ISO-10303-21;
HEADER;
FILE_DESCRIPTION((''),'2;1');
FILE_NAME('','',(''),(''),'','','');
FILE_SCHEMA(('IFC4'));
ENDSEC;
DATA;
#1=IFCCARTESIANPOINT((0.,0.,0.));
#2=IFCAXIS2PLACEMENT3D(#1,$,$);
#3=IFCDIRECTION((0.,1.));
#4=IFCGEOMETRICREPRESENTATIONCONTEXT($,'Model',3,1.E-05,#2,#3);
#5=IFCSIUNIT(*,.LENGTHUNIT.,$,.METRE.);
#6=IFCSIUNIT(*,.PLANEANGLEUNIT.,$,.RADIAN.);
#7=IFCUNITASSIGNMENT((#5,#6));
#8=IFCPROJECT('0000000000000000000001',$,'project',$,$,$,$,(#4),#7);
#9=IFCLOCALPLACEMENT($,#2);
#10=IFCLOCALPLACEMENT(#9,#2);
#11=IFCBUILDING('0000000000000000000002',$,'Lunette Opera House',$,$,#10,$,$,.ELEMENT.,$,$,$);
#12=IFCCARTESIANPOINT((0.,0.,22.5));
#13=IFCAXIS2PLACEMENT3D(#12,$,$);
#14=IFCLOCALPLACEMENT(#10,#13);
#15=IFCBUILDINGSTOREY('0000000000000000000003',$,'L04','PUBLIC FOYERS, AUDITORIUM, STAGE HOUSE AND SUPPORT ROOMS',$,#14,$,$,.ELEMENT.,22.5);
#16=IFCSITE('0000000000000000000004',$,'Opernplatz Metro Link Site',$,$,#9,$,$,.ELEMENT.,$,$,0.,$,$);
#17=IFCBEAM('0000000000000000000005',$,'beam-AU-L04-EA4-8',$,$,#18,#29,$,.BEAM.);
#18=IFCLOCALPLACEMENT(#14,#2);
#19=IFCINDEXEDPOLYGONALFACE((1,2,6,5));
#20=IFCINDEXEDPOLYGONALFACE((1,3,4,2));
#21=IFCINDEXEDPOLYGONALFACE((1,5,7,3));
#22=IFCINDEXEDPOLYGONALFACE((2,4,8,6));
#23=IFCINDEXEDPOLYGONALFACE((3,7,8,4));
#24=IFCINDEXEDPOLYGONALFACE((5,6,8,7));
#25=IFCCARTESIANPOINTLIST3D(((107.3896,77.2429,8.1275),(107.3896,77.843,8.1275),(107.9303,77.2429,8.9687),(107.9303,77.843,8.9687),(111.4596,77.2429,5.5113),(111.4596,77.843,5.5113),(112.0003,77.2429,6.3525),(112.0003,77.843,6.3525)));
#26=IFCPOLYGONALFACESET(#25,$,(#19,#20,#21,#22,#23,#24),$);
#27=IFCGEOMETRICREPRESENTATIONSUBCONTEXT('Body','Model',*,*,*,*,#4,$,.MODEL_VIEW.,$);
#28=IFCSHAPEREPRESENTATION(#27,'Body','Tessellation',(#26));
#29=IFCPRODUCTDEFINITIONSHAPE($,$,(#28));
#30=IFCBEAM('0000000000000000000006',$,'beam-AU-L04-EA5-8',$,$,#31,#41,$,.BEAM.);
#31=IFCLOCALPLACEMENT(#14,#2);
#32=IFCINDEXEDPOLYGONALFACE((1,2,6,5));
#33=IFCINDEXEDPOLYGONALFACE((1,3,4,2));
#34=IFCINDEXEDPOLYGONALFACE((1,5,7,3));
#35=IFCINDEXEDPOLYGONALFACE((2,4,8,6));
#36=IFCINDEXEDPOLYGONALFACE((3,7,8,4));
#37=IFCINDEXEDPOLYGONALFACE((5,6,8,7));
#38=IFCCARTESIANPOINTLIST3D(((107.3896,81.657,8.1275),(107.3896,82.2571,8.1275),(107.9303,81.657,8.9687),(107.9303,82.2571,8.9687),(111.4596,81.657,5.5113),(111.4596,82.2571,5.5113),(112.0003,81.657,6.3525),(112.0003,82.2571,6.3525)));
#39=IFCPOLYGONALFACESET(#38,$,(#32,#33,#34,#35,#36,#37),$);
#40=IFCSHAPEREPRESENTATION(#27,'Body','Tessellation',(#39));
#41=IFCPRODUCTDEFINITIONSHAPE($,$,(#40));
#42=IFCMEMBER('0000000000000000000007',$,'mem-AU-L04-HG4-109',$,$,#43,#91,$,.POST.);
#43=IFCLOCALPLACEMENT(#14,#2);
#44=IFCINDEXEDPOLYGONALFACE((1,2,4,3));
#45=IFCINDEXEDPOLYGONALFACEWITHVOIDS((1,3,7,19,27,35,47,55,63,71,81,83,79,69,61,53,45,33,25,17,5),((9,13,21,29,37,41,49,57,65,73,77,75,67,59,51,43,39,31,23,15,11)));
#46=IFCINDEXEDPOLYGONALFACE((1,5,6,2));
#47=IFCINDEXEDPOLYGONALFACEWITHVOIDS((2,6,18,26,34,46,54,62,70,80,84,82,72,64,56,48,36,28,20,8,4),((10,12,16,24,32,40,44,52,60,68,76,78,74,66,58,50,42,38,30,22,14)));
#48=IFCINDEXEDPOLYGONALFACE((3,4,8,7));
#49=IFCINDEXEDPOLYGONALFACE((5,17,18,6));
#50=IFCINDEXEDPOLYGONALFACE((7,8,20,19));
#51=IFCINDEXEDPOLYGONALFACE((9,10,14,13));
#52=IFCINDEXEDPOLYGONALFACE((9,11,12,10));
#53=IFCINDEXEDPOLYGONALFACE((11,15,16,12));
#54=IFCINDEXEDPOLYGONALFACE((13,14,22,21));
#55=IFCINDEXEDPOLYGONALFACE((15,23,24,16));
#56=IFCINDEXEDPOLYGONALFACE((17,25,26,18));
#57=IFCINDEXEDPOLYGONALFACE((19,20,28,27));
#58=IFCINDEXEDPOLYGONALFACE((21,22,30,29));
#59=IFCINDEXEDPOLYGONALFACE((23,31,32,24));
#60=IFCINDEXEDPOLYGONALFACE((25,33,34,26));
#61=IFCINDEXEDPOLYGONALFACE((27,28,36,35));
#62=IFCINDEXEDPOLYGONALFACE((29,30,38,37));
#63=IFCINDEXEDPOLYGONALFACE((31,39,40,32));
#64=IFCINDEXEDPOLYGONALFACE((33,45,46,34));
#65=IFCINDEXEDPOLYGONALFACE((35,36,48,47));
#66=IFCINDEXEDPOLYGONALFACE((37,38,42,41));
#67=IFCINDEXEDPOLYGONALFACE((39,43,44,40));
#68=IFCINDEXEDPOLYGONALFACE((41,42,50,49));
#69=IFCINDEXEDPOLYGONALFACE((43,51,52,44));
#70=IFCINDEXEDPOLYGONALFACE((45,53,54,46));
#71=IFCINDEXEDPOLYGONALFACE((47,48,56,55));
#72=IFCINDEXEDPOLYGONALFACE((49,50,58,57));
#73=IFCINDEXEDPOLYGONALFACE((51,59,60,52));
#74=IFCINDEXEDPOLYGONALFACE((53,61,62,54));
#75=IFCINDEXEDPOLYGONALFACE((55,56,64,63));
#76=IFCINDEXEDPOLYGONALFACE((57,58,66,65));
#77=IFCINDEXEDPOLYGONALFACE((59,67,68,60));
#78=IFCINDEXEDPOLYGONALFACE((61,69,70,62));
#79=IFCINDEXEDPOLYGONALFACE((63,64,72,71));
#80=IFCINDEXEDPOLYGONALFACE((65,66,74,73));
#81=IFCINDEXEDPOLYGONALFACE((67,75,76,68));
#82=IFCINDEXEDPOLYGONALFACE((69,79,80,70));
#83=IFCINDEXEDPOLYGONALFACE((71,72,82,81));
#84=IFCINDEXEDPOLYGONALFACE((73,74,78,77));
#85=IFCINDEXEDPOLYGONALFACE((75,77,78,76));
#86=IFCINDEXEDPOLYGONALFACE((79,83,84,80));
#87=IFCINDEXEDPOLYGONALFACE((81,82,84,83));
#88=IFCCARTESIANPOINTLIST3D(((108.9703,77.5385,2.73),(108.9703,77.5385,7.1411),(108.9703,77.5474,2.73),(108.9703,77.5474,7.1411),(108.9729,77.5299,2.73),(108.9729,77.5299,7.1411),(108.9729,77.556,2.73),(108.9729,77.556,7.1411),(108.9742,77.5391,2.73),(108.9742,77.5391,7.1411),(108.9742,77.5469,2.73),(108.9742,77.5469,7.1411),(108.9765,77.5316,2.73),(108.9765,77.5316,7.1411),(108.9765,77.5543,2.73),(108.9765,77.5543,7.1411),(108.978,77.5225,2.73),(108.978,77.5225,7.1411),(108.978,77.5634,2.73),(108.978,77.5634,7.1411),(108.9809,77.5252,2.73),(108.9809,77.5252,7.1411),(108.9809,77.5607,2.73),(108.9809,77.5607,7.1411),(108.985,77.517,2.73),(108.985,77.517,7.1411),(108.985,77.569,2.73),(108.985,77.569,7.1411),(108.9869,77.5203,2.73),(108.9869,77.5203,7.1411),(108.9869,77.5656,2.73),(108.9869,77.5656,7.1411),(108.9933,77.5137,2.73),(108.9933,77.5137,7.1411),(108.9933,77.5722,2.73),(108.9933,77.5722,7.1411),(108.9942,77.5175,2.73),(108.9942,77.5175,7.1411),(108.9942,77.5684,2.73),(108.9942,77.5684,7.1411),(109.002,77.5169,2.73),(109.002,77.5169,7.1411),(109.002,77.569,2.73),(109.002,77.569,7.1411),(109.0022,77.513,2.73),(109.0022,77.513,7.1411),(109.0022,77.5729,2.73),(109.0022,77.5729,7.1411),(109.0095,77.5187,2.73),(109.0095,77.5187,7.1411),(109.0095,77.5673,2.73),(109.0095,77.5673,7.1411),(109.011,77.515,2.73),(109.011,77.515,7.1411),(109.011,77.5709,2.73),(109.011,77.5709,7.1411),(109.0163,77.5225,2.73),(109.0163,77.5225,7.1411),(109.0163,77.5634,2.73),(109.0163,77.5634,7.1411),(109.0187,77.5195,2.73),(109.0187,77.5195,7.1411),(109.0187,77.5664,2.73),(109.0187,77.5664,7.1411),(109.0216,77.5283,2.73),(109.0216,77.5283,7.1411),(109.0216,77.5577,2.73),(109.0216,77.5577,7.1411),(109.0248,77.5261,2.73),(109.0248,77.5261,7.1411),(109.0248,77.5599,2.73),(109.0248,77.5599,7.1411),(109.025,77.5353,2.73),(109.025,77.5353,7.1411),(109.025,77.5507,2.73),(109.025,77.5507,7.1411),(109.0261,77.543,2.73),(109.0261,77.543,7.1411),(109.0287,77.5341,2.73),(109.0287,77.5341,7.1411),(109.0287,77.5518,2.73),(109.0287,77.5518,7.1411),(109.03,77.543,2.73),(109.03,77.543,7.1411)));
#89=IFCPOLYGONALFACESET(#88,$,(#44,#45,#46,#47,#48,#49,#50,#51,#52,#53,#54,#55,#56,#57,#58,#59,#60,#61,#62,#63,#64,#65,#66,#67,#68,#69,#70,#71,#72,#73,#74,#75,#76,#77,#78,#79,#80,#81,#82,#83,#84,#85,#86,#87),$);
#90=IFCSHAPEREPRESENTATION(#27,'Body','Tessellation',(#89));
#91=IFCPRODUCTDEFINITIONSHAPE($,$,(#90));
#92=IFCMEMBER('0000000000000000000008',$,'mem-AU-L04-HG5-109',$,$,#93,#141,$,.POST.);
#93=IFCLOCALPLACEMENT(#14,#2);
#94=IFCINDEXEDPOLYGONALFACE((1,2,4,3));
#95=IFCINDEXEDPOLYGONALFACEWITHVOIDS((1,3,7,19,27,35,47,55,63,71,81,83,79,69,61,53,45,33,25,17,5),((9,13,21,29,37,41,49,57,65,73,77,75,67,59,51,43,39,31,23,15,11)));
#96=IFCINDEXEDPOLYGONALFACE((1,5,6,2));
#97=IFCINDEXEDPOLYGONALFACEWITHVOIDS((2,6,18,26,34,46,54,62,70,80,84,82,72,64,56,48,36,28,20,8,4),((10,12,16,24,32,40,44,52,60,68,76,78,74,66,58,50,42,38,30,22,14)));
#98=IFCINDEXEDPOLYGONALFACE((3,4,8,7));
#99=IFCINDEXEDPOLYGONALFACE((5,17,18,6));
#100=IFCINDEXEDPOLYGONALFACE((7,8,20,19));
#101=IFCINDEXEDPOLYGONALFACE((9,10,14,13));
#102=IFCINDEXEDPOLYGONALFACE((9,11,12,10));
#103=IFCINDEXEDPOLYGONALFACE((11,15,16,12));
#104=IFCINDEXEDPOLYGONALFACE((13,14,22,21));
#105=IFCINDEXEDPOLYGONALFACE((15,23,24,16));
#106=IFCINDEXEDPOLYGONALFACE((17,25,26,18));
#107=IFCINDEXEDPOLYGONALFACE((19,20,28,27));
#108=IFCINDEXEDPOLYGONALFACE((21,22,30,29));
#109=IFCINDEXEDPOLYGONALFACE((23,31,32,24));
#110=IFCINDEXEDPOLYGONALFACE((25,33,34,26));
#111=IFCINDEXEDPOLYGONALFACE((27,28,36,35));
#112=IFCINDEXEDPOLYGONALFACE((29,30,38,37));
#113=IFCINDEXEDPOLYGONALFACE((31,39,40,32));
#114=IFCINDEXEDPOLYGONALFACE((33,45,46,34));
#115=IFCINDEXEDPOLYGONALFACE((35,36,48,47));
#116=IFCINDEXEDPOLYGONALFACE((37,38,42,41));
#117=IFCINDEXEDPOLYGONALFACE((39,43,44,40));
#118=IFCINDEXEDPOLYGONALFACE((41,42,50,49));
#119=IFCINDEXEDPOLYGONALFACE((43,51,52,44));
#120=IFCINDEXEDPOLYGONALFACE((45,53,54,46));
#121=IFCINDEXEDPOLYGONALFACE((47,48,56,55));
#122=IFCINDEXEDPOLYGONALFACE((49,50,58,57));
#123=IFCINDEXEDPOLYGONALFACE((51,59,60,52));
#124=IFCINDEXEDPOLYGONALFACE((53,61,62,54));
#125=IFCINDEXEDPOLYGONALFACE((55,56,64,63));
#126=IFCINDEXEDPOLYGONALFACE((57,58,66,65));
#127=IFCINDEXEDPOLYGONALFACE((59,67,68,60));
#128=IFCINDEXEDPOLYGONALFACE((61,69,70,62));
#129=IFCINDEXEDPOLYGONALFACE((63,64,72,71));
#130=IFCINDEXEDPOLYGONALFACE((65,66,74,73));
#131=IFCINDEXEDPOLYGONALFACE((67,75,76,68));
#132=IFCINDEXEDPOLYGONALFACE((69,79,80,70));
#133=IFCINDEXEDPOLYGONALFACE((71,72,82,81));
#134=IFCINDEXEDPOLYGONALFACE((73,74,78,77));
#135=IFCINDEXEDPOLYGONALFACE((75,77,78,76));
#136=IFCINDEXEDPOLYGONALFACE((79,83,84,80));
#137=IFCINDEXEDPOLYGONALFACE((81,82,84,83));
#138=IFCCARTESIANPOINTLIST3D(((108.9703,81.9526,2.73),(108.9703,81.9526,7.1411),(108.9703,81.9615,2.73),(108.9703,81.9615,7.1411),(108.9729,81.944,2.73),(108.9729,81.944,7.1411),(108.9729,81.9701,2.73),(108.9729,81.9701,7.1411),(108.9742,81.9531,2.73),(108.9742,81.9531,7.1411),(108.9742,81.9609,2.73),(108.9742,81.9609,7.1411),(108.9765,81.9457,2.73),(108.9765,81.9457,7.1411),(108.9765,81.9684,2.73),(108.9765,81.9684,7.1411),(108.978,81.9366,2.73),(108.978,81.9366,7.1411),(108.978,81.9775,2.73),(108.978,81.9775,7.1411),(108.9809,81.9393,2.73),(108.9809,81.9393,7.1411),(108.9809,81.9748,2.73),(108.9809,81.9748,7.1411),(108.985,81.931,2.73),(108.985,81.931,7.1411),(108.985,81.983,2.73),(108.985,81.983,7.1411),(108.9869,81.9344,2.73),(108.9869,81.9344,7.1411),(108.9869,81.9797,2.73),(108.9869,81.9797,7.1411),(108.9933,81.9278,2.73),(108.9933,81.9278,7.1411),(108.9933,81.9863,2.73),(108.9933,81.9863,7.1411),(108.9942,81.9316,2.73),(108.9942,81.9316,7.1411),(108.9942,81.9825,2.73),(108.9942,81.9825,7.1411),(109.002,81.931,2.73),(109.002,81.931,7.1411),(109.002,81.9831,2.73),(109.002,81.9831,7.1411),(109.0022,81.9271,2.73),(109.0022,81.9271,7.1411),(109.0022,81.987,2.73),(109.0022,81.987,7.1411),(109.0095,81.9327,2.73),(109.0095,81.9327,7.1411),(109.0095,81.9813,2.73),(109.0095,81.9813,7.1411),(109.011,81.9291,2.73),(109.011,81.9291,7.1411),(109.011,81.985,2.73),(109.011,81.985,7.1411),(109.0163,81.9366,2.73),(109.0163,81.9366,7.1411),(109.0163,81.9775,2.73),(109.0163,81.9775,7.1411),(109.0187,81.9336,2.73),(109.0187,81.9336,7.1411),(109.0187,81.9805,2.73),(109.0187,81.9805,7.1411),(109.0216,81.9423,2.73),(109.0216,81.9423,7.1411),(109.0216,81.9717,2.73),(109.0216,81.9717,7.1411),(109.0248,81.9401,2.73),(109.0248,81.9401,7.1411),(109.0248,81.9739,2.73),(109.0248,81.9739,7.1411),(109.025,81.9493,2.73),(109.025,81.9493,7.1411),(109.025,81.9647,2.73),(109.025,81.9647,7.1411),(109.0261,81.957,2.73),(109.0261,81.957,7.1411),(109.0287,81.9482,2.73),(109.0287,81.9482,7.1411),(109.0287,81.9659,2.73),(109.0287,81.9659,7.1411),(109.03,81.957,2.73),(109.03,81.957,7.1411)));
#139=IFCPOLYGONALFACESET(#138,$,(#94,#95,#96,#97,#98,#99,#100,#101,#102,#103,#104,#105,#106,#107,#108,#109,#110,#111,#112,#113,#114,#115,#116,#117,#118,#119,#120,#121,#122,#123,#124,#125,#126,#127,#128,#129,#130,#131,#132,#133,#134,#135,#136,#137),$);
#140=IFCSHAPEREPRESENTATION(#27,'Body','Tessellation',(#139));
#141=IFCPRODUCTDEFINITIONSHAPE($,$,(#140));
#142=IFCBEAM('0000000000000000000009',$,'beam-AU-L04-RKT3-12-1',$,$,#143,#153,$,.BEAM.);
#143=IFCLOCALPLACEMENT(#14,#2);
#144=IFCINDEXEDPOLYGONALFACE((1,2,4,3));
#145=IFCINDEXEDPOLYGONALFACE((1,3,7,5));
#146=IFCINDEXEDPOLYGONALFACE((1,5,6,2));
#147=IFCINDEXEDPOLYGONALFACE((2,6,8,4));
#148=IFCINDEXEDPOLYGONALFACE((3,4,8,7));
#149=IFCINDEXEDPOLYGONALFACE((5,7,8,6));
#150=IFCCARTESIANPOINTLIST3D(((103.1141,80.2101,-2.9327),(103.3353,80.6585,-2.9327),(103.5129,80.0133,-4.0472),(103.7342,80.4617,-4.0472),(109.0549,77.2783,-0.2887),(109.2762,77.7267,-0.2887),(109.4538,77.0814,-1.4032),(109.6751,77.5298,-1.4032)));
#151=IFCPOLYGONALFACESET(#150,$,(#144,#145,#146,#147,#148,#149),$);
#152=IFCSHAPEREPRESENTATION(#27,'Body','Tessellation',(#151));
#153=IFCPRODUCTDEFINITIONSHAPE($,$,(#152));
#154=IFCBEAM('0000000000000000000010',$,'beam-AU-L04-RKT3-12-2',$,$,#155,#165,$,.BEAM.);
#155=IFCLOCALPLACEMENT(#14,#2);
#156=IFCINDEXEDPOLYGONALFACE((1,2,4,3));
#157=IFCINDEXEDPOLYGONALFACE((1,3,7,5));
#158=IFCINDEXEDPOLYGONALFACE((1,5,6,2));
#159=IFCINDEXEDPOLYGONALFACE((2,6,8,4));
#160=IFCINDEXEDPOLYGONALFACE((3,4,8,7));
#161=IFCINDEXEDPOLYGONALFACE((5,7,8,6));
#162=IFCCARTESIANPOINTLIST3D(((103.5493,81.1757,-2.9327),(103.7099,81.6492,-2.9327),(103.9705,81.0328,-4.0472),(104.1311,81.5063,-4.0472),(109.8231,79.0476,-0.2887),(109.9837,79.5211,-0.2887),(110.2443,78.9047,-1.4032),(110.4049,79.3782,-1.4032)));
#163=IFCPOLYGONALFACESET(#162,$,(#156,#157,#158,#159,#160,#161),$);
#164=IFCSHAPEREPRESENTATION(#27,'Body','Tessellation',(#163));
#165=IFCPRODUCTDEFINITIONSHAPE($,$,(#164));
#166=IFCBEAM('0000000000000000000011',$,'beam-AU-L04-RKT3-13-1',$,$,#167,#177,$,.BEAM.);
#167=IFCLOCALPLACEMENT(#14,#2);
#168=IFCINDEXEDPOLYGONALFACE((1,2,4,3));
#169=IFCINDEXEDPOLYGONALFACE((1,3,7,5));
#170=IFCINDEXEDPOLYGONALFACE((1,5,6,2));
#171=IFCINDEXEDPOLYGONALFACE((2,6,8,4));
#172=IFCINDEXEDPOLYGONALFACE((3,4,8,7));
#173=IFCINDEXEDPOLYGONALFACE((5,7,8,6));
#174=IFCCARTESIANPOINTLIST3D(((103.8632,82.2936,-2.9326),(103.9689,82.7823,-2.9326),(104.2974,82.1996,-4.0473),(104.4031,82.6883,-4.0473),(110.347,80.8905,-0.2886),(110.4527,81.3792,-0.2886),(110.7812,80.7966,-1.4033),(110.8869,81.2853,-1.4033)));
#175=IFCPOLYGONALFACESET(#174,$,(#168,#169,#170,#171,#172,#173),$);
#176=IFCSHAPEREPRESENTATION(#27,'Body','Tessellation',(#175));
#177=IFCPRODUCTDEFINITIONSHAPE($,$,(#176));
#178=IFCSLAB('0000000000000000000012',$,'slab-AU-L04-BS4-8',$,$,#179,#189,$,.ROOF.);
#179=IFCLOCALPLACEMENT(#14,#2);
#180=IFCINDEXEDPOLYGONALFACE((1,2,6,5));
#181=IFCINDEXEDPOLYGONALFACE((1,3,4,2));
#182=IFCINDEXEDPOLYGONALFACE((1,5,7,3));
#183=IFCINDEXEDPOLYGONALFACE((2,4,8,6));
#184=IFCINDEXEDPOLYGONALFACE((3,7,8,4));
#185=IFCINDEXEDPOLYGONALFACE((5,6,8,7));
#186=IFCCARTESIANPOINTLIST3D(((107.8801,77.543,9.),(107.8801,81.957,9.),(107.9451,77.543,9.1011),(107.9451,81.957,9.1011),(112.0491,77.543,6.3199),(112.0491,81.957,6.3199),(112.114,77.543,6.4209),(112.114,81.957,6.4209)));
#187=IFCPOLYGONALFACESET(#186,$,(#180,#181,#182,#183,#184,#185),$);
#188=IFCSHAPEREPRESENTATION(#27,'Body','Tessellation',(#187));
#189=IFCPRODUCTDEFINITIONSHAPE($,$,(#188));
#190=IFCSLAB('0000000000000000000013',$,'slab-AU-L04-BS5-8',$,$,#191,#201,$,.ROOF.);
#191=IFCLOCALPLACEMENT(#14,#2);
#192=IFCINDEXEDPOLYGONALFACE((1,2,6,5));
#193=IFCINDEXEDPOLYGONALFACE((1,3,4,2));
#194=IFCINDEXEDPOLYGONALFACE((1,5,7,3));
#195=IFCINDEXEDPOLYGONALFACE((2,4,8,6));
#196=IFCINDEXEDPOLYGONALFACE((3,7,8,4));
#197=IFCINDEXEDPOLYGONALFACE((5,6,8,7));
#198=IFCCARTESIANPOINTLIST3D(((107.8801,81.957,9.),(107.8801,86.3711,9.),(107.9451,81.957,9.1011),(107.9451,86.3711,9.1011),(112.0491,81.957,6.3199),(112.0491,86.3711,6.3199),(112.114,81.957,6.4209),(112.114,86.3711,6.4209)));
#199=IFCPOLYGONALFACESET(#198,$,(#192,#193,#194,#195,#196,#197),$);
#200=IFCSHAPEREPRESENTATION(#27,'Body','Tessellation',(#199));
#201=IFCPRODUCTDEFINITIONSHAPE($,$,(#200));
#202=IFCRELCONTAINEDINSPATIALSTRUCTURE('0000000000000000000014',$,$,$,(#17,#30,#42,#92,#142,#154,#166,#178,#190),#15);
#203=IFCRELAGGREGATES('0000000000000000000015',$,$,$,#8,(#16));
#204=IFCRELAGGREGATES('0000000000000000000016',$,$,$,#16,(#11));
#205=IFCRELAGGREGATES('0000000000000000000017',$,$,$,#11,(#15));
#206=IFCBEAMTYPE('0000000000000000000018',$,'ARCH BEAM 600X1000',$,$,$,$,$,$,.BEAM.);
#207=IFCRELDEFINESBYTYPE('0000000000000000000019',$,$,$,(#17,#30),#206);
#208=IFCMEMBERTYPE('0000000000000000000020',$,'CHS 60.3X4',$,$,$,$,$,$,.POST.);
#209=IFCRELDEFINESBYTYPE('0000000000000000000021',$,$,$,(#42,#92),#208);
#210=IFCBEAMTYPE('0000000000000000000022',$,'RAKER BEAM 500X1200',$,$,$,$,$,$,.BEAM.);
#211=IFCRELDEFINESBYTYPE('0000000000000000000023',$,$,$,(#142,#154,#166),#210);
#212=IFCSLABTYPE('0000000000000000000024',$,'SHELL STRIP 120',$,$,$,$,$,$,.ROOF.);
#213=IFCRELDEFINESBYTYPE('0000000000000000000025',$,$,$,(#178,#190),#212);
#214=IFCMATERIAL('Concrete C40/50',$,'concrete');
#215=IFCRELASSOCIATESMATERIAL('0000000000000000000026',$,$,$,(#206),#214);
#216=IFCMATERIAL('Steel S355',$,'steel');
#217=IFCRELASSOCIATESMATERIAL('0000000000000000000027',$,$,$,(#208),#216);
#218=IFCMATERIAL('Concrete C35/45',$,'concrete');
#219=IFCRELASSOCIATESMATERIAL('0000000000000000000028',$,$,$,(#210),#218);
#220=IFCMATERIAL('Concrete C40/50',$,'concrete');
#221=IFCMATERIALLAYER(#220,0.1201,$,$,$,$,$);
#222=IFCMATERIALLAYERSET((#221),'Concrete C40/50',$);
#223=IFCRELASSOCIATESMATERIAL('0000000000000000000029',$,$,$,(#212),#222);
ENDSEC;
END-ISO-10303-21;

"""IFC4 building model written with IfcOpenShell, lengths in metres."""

from ifc_helpers import new_model, si_unit, direction, frame, origin, origin_2d, place, context, subcontext, project, spatial, polyline, rectangle, hollow_circle, outline, extrude, material, layer, layer_set, material_profile, profile_set, type_object, element, save


model = new_model("IFC4")

# Units and contexts
model_context = context("Model", 3, precision=1e-05, world=origin(), true_north=direction((0.0, 1.0)))
body_context = subcontext(model_context, "Body", "Model", "MODEL_VIEW")
ifc_project = project(units=[si_unit("LENGTHUNIT", "METRE"), si_unit("PLANEANGLEUNIT", "RADIAN")], contexts=[model_context])

# Site, building, storey
site_placement = place(None, origin())
site = spatial("IfcSite", under=ifc_project, at=site_placement, Name="Opernplatz Metro Link Site", CompositionType="ELEMENT", RefElevation=0.0)
building_placement = place(site_placement, origin())
building = spatial("IfcBuilding", under=site, at=building_placement, Name="Lunette Opera House", CompositionType="ELEMENT")
storey_placement = place(building_placement, frame((0.0, 0.0, 22.5)))
storey = spatial("IfcBuildingStorey", under=building, at=storey_placement, Name="L04", Description="PUBLIC FOYERS, AUDITORIUM, STAGE HOUSE AND SUPPORT ROOMS", CompositionType="ELEMENT", Elevation=22.5)

# Beams
ifc_material_1 = material(Name="Concrete C40/50", Category="concrete")
ifc_material_profile_1 = material_profile(ifc_material_1, rectangle(XDim=0.6001, YDim=1.0, at=origin_2d()), Name="ARCH BEAM 600X1000")
ifc_profile_set_1 = profile_set([ifc_material_profile_1], Name="Concrete C40/50")
beam_type_1 = type_object("IfcBeamType", Name="ARCH BEAM 600X1000", PredefinedType="BEAM", material=ifc_profile_set_1)
for number, where, z_axis, x_axis, name in (
    (1, (107.6599, 77.543, 8.5481), (0.841203, 0.0, -0.540719), (0.0, 1.0, 0.0), "beam-AU-L04-EA4-8"),
    (2, (107.6599, 81.957, 8.5481), (0.841203, 0.0, -0.540719), (0.0, 1.0, 0.0), "beam-AU-L04-EA5-8"),
):
    element("IfcBeam", number, at=place(storey_placement, frame(where, z_axis=z_axis, x_axis=x_axis)), inside=storey, type_object=beam_type_1, Name=name, PredefinedType="BEAM", context=body_context, shape_type="SweptSolid", body=[
        extrude(rectangle(XDim=0.6001, YDim=1.0, at=origin_2d()), origin(), (0.0, 0.0, 1.0), 4.8384),
    ])

# Members
ifc_material_2 = material(Name="Steel S355", Category="steel")
ifc_material_profile_2 = material_profile(ifc_material_2, hollow_circle(Radius=0.03, WallThickness=0.0039, at=origin_2d()), Name="CHS 60.3X4")
ifc_profile_set_2 = profile_set([ifc_material_profile_2], Name="Steel S355")
member_type = type_object("IfcMemberType", Name="CHS 60.3X4", PredefinedType="POST", material=ifc_profile_set_2)
for number, where, z_axis, x_axis, name in (
    (3, (109.0, 77.543, 2.73), (0.0, 0.0, 1.0), (1.0, 0.0, 0.0), "mem-AU-L04-HG4-109"),
    (4, (109.0, 81.957, 2.73), (0.0, 0.0, 1.0), (1.0, 0.0, 0.0), "mem-AU-L04-HG5-109"),
):
    element("IfcMember", number, at=place(storey_placement, frame(where, z_axis=z_axis, x_axis=x_axis)), inside=storey, type_object=member_type, Name=name, PredefinedType="POST", context=body_context, shape_type="SweptSolid", body=[
        extrude(hollow_circle(Radius=0.03, WallThickness=0.0039, at=origin_2d()), origin(), (0.0, 0.0, 1.0), 4.4111),
    ])

# Beams
ifc_material_3 = material(Name="Concrete C35/45", Category="concrete")
ifc_material_profile_3 = material_profile(ifc_material_3, rectangle(XDim=0.5, YDim=1.2, at=origin_2d()), Name="RAKER BEAM 500X1200")
ifc_profile_set_3 = profile_set([ifc_material_profile_3], Name="Concrete C35/45")
beam_type_2 = type_object("IfcBeamType", Name="RAKER BEAM 500X1200", PredefinedType="BEAM", material=ifc_profile_set_3)
for number, where, z_axis, x_axis, name in (
    (5, (109.365, 77.4041, -0.8459), (-0.832864, 0.411024, -0.370671), (-0.44255, -0.896744, 0.0), "beam-AU-L04-RKT3-12-1"),
    (6, (110.114, 79.2129, -0.8459), (-0.879541, 0.298349, -0.370668), (-0.321231, -0.947001, 0.0), "beam-AU-L04-RKT3-12-2"),
):
    element("IfcBeam", number, at=place(storey_placement, frame(where, z_axis=z_axis, x_axis=x_axis)), inside=storey, type_object=beam_type_2, Name=name, PredefinedType="BEAM", context=body_context, shape_type="SweptSolid", body=[
        extrude(rectangle(XDim=0.5, YDim=1.2, at=origin_2d()), origin(), (0.0, 0.0, 1.0), 7.1331),
    ])
beam_placement = place(storey_placement, frame((110.6169, 81.0879, -0.8459), z_axis=(-0.907922, 0.196469, -0.370239), x_axis=(-0.211499, -0.977378, 0.0)))
element("IfcBeam", 7, at=beam_placement, inside=storey, type_object=beam_type_2, Name="beam-AU-L04-RKT3-13-1", PredefinedType="BEAM", context=body_context, shape_type="SweptSolid", body=[
    extrude(rectangle(XDim=0.5, YDim=1.2, at=origin_2d()), origin(), (0.0, 0.0, 1.0), 7.1414),
])

# Slabs
ifc_material_4 = material(Name="Concrete C40/50", Category="concrete")
ifc_layer_1 = layer(ifc_material_4, 0.1201)
ifc_layer_set_1 = layer_set([ifc_layer_1], Name="Concrete C40/50")
slab_type_1 = type_object("IfcSlabType", Name="SHELL STRIP 120", PredefinedType="ROOF", material=ifc_layer_set_1)
for number, where, z_axis, x_axis, name in (
    (8, (107.9451, 77.543, 9.1011), (0.540778, 0.0, 0.841166), (0.841166, 0.0, -0.540778), "slab-AU-L04-BS4-8"),
    (9, (107.9451, 81.957, 9.1011), (0.540778, 0.0, 0.841166), (0.841166, 0.0, -0.540778), "slab-AU-L04-BS5-8"),
):
    element("IfcSlab", number, at=place(storey_placement, frame(where, z_axis=z_axis, x_axis=x_axis)), inside=storey, type_object=slab_type_1, Name=name, PredefinedType="ROOF", context=body_context, shape_type="SweptSolid", body=[
        extrude(outline(polyline([(0.0, 0.0), (4.9562, 0.0), (4.9562, 4.4141), (0.0, 4.4141), (0.0, 0.0)])), origin(), (0.0, 0.0, -1.0), 0.1201),
    ])

save(model, "model.ifc")
